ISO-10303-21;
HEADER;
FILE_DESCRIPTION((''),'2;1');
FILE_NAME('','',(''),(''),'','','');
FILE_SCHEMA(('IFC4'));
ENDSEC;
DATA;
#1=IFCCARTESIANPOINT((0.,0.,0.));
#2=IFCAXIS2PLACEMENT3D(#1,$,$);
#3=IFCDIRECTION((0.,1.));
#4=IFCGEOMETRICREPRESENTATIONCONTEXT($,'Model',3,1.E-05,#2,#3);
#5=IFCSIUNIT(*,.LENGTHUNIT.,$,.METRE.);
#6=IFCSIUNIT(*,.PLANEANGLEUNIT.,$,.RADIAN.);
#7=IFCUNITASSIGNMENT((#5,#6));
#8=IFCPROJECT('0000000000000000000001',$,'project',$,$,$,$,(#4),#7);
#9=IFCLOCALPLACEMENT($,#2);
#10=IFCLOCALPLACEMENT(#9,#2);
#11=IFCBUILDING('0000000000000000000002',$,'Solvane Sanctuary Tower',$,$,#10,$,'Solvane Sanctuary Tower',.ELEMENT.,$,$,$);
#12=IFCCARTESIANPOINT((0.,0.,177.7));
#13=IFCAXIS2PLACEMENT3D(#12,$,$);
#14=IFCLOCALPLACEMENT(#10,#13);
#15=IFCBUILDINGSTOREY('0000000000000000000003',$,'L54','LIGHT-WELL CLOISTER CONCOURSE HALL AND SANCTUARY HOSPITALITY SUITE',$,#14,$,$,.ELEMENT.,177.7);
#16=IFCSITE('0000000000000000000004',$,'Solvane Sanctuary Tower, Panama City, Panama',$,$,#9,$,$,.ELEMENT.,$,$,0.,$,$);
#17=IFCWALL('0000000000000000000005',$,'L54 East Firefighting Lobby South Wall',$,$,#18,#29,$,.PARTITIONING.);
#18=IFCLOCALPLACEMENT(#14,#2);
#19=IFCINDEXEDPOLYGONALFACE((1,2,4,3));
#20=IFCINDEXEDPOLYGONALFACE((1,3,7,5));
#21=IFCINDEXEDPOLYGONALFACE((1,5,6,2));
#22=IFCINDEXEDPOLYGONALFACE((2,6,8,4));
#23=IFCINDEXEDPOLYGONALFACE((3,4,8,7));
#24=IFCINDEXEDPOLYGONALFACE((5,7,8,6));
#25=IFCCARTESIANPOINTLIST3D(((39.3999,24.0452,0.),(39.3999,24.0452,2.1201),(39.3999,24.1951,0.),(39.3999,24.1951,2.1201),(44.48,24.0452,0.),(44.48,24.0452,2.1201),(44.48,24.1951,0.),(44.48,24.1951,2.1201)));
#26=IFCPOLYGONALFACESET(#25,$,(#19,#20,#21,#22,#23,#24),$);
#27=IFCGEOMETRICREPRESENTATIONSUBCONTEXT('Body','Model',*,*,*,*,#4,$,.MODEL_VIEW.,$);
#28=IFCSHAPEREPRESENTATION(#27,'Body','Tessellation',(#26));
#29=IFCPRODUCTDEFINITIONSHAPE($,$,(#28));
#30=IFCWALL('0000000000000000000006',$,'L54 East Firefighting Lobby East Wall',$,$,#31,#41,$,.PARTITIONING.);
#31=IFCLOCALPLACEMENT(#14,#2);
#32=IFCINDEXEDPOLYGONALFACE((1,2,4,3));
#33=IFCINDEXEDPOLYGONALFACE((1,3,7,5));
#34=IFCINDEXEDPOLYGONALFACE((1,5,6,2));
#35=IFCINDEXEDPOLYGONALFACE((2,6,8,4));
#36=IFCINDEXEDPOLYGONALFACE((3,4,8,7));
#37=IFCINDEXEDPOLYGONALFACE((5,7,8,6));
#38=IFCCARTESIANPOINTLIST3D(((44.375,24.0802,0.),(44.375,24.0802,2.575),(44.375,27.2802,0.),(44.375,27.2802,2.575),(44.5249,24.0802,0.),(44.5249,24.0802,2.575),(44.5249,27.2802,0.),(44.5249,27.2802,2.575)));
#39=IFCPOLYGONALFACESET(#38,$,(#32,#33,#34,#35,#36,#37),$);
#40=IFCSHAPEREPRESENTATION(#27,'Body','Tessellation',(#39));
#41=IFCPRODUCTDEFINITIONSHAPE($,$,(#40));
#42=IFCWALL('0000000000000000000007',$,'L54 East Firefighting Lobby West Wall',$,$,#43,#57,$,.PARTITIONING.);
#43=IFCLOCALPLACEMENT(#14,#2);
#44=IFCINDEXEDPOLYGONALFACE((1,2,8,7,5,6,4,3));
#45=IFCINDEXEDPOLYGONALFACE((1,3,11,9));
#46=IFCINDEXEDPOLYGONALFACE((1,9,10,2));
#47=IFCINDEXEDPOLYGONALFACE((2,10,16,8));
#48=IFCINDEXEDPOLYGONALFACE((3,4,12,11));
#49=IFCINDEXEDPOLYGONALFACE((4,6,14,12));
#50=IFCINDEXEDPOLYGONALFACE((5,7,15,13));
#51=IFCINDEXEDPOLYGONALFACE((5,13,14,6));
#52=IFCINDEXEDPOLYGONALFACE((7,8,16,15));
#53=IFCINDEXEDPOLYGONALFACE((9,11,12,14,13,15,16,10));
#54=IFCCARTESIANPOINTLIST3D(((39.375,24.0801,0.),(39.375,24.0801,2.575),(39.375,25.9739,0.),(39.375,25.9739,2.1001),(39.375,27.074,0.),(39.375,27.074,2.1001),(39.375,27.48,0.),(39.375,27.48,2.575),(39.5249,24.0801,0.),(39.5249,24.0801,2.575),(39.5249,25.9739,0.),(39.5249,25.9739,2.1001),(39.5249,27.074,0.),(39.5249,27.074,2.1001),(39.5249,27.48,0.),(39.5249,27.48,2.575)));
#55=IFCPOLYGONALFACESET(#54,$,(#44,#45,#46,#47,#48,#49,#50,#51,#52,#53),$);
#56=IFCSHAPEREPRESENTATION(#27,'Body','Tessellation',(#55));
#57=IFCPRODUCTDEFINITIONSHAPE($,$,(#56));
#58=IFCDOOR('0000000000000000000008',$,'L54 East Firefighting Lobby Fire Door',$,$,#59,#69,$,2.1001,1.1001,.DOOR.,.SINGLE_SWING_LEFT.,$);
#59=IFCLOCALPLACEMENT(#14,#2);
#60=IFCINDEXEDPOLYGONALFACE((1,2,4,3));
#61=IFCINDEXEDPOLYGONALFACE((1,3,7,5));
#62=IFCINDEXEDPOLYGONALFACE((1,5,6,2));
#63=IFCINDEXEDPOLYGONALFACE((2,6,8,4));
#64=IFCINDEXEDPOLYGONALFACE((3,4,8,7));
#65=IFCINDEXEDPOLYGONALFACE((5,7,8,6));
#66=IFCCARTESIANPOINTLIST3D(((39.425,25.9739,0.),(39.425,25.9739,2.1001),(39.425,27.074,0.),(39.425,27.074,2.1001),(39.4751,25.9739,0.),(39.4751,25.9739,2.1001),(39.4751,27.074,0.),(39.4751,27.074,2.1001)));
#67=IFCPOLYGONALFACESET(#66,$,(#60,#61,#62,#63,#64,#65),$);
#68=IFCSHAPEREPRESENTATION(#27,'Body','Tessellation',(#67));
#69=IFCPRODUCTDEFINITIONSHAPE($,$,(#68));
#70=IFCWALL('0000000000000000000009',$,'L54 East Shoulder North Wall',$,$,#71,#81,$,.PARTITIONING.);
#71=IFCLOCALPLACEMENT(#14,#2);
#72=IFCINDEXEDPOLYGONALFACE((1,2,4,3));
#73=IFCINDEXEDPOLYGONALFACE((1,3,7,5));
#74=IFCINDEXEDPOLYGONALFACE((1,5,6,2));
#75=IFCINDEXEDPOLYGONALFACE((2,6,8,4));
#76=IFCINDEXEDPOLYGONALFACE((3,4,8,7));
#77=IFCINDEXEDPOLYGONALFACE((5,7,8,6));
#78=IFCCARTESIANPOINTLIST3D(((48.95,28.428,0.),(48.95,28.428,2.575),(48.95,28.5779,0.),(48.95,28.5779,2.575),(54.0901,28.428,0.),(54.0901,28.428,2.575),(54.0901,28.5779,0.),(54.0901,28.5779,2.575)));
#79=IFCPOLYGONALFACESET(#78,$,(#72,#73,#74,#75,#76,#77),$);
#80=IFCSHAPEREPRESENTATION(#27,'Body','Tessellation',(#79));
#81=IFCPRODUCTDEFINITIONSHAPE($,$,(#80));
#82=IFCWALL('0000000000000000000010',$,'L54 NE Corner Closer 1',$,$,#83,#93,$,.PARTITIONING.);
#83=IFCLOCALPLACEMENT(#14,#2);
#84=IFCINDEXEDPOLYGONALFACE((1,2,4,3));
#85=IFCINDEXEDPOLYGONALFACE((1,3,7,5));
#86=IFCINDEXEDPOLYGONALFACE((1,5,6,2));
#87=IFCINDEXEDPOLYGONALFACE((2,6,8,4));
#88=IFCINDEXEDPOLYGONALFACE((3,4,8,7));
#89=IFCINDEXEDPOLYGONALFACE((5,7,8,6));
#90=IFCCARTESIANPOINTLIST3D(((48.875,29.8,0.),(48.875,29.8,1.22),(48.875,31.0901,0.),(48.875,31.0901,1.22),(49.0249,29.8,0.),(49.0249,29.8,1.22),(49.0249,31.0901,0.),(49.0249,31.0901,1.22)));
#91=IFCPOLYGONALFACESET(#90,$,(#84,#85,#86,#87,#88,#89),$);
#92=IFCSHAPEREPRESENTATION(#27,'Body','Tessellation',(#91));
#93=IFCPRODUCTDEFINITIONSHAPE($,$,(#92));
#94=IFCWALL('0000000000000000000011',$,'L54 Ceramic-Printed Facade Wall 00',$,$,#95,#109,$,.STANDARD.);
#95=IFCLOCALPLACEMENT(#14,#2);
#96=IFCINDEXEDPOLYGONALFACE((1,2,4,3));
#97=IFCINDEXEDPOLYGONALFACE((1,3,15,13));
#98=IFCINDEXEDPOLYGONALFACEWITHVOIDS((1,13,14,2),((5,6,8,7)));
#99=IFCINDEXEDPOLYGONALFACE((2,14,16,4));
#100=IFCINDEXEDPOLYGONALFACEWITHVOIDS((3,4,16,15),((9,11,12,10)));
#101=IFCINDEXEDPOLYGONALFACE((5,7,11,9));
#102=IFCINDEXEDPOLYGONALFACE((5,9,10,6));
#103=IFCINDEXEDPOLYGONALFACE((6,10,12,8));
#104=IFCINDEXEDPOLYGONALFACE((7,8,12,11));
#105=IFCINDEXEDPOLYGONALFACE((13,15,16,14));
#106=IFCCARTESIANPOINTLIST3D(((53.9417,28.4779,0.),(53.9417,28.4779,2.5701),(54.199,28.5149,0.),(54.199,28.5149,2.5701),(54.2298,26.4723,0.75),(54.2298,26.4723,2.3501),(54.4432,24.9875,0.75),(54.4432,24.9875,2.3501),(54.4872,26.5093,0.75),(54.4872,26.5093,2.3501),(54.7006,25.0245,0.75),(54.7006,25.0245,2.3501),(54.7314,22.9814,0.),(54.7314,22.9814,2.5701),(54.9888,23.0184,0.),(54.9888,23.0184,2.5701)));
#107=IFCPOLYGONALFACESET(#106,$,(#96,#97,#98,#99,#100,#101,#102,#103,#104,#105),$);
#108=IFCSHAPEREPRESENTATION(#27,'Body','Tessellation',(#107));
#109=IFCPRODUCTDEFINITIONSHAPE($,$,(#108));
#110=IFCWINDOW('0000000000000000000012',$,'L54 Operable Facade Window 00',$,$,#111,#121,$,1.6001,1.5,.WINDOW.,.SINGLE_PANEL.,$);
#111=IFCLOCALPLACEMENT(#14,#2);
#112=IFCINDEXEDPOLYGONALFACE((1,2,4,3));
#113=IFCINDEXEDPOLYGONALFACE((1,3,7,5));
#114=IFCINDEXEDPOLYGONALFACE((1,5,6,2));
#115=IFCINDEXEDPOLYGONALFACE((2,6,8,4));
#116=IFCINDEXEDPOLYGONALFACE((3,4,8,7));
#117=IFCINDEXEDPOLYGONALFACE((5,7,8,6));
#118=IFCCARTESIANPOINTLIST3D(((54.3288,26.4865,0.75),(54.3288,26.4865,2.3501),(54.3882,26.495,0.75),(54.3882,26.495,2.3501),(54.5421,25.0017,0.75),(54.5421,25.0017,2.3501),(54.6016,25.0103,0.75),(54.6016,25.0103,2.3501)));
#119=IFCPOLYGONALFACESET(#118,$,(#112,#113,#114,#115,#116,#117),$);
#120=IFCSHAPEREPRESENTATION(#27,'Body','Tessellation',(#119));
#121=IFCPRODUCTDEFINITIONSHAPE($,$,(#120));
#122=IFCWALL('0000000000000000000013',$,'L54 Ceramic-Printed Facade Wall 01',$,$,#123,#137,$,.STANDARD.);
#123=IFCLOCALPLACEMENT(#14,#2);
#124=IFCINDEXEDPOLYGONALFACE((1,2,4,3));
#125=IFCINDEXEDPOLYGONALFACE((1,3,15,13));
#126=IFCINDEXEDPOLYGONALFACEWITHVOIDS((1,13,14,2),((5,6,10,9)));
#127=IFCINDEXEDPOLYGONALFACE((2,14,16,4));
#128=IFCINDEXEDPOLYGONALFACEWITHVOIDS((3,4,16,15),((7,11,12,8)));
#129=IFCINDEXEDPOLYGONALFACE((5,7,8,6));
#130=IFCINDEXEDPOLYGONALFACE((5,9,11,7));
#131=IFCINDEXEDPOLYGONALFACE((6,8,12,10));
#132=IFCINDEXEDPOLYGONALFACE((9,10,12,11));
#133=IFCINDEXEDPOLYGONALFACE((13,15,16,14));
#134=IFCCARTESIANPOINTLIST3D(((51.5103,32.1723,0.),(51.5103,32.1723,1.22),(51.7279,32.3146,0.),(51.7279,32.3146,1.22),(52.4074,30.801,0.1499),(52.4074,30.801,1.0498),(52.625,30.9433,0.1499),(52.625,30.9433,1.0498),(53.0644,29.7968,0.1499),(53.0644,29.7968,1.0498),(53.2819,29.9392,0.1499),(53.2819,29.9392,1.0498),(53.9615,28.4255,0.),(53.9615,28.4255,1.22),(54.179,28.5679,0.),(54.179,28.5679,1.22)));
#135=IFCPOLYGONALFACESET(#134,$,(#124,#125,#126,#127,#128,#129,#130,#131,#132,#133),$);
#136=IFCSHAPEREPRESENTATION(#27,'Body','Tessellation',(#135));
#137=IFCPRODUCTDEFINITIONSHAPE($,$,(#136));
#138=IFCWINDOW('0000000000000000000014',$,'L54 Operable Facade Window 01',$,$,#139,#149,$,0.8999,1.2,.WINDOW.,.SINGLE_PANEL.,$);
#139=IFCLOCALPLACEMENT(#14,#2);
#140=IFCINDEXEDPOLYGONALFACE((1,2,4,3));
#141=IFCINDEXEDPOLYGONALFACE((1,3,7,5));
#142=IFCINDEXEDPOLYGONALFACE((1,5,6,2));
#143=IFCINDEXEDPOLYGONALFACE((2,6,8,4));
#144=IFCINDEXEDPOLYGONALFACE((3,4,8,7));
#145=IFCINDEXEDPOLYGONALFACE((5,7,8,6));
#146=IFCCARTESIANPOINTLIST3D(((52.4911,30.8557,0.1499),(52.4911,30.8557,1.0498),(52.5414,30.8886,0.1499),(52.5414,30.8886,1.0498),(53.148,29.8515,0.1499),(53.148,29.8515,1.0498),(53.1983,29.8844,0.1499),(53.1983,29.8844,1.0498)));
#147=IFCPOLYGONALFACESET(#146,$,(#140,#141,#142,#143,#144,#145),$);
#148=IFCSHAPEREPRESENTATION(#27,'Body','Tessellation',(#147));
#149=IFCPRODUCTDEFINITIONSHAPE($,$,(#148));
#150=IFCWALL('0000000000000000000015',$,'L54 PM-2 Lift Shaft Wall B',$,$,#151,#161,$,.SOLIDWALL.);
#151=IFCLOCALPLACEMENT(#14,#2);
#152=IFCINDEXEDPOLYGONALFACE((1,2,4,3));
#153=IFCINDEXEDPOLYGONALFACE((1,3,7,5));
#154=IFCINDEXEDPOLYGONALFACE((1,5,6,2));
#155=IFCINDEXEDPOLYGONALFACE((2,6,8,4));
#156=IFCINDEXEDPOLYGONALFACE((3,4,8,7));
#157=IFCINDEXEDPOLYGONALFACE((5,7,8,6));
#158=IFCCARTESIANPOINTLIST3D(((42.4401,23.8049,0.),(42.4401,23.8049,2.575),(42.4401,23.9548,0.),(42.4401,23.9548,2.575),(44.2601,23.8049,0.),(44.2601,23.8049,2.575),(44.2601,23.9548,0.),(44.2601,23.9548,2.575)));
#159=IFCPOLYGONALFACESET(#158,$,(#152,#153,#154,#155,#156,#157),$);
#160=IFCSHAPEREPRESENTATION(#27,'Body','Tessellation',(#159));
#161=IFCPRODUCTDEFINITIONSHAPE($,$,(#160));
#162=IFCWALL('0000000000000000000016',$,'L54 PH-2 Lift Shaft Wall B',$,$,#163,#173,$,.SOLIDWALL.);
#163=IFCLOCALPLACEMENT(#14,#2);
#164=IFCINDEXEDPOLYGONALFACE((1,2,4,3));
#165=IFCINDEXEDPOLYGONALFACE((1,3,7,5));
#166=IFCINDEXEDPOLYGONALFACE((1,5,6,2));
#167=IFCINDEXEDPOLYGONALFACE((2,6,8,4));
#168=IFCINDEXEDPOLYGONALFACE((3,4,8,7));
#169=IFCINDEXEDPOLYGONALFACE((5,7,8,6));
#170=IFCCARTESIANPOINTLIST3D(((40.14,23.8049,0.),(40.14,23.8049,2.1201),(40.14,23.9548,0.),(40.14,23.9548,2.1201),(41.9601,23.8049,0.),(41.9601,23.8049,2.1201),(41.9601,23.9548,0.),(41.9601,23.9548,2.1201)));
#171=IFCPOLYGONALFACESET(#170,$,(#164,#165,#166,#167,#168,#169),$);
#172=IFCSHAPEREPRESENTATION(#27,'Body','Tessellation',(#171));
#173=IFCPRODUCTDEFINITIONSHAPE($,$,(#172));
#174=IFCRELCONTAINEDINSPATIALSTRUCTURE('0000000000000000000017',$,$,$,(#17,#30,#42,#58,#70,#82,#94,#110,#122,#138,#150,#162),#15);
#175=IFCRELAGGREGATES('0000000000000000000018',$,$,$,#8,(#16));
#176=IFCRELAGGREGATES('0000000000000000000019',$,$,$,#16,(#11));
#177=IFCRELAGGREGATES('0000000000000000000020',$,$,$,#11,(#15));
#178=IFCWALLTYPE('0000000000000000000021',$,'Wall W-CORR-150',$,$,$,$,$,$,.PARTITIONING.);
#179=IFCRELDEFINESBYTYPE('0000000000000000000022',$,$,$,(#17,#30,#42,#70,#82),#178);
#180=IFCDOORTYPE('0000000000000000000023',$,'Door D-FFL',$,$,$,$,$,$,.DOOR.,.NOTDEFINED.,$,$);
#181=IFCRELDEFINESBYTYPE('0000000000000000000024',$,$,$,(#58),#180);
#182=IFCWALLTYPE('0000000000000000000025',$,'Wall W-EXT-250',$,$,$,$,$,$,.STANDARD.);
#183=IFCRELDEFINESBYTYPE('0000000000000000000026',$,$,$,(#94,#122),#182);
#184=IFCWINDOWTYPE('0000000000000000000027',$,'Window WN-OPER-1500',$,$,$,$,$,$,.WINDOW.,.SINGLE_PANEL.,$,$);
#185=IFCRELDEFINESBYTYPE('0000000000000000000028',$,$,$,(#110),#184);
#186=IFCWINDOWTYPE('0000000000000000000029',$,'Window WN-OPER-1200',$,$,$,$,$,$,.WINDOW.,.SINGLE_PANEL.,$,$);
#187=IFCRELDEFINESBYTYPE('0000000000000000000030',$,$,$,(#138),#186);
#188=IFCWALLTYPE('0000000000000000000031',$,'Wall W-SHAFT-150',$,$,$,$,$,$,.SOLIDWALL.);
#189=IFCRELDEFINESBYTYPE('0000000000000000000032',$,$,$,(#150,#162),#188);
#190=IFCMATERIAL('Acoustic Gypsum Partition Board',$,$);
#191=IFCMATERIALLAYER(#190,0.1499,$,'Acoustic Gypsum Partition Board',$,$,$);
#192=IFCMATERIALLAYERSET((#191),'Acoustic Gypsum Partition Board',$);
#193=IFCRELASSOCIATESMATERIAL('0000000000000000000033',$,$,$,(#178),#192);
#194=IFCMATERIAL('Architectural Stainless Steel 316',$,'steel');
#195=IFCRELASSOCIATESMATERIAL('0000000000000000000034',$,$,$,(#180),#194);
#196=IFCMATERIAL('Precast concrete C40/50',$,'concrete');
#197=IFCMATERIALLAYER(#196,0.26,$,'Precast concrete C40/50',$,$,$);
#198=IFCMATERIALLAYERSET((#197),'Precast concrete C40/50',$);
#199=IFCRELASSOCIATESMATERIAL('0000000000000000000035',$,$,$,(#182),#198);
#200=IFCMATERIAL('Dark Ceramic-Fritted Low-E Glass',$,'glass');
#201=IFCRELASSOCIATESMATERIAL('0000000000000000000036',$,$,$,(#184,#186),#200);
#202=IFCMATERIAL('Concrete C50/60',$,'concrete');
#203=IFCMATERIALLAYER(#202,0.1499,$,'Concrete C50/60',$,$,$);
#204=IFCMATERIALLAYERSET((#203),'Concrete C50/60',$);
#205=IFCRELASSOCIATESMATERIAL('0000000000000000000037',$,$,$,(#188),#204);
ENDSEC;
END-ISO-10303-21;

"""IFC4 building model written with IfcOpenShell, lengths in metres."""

from ifc_helpers import new_model, si_unit, direction, frame, frame_2d, origin, place, context, subcontext, project, spatial, rectangle, extrude, material, layer, layer_set, type_object, element, fill, save


model = new_model("IFC4")

# Units and contexts
model_context = context("Model", 3, precision=1e-05, world=origin(), true_north=direction((0.0, 1.0)))
body_context = subcontext(model_context, "Body", "Model", "MODEL_VIEW")
ifc_project = project(units=[si_unit("LENGTHUNIT", "METRE"), si_unit("PLANEANGLEUNIT", "RADIAN")], contexts=[model_context])

# Site, building, storey
site_placement = place(None, origin())
site = spatial("IfcSite", under=ifc_project, at=site_placement, Name="Solvane Sanctuary Tower, Panama City, Panama", CompositionType="ELEMENT", RefElevation=0.0)
building_placement = place(site_placement, origin())
building = spatial("IfcBuilding", under=site, at=building_placement, Name="Solvane Sanctuary Tower", LongName="Solvane Sanctuary Tower", CompositionType="ELEMENT")
storey_placement = place(building_placement, frame((0.0, 0.0, 177.7)))
storey = spatial("IfcBuildingStorey", under=building, at=storey_placement, Name="L54", Description="LIGHT-WELL CLOISTER CONCOURSE HALL AND SANCTUARY HOSPITALITY SUITE", CompositionType="ELEMENT", Elevation=177.7)

# Walls
ifc_material_1 = material(Name="Acoustic Gypsum Partition Board")
ifc_layer_1 = layer(ifc_material_1, 0.1499, Name="Acoustic Gypsum Partition Board")
ifc_layer_set_1 = layer_set([ifc_layer_1], Name="Acoustic Gypsum Partition Board")
wall_type_1 = type_object("IfcWallType", Name="Wall W-CORR-150", PredefinedType="PARTITIONING", material=ifc_layer_set_1)
wall_1_placement = place(storey_placement, frame((39.3999, 24.1201, 0.0), z_axis=(0.0, 0.0, 1.0), x_axis=(1.0, 0.0, 0.0)))
element("IfcWall", 1, at=wall_1_placement, inside=storey, type_object=wall_type_1, Name="L54 East Firefighting Lobby South Wall", PredefinedType="PARTITIONING", context=body_context, shape_type="SweptSolid", body=[
    extrude(rectangle(XDim=5.0801, YDim=0.1499, at=frame_2d((2.54, 0.0))), origin(), (0.0, 0.0, 1.0), 2.1201),
])
wall_2_placement = place(storey_placement, frame((44.45, 24.0801, 0.0), z_axis=(0.0, 0.0, 1.0), x_axis=(0.0, 1.0, 0.0)))
element("IfcWall", 2, at=wall_2_placement, inside=storey, type_object=wall_type_1, Name="L54 East Firefighting Lobby East Wall", PredefinedType="PARTITIONING", context=body_context, shape_type="SweptSolid", body=[
    extrude(rectangle(XDim=3.2, YDim=0.1499, at=frame_2d((1.6001, 0.0))), origin(), (0.0, 0.0, 1.0), 2.575),
])

# Wall, opening, door
wall_3_placement = place(storey_placement, frame((39.45, 24.0801, 0.0), z_axis=(0.0, 0.0, 1.0), x_axis=(0.0, 1.0, 0.0)))
wall_3 = element("IfcWall", 3, at=wall_3_placement, inside=storey, type_object=wall_type_1, Name="L54 East Firefighting Lobby West Wall", PredefinedType="PARTITIONING", context=body_context, shape_type="SweptSolid", body=[
    extrude(rectangle(XDim=3.3999, YDim=0.1499, at=frame_2d((1.7, 0.0))), origin(), (0.0, 0.0, 1.0), 2.575),
])
opening_1_placement = place(wall_3_placement, frame((1.8938, 0.0, 0.0)))
opening_1 = element("IfcOpeningElement", 4, at=opening_1_placement, cuts=wall_3, PredefinedType="OPENING", context=body_context, shape_type="SweptSolid", body=[
    extrude(rectangle(XDim=1.1001, YDim=2.1001, at=frame_2d((0.55, 1.05))), frame((0.0, 0.085, 0.0), z_axis=(0.0, -1.0, 0.0), x_axis=(1.0, 0.0, 0.0)), (0.0, 0.0, 1.0), 0.1699),
])
ifc_material_2 = material(Name="Architectural Stainless Steel 316", Category="steel")
door_type_1 = type_object("IfcDoorType", Name="Door D-FFL", OperationType="NOTDEFINED", PredefinedType="DOOR", material=ifc_material_2)
door_1_placement = place(opening_1_placement, origin())
door_1 = element("IfcDoor", 5, at=door_1_placement, inside=storey, type_object=door_type_1, Name="L54 East Firefighting Lobby Fire Door", OperationType="SINGLE_SWING_LEFT", OverallHeight=2.1001, OverallWidth=1.1001, PredefinedType="DOOR", context=body_context, shape_type="SweptSolid", body=[
    extrude(rectangle(XDim=1.1001, YDim=2.1001, at=frame_2d((0.55, 1.05))), frame((0.0, 0.0249, 0.0), z_axis=(0.0, -1.0, 0.0), x_axis=(1.0, 0.0, 0.0)), (0.0, 0.0, 1.0), 0.05),
])
fill(opening_1, door_1)

# Walls
wall_4_placement = place(storey_placement, frame((48.95, 28.5029, 0.0), z_axis=(0.0, 0.0, 1.0), x_axis=(1.0, 0.0, 0.0)))
element("IfcWall", 6, at=wall_4_placement, inside=storey, type_object=wall_type_1, Name="L54 East Shoulder North Wall", PredefinedType="PARTITIONING", context=body_context, shape_type="SweptSolid", body=[
    extrude(rectangle(XDim=5.1401, YDim=0.1499, at=frame_2d((2.5701, 0.0))), origin(), (0.0, 0.0, 1.0), 2.575),
])
wall_5_placement = place(storey_placement, frame((48.95, 29.8, 0.0), z_axis=(0.0, 0.0, 1.0), x_axis=(0.0, 1.0, 0.0)))
element("IfcWall", 7, at=wall_5_placement, inside=storey, type_object=wall_type_1, Name="L54 NE Corner Closer 1", PredefinedType="PARTITIONING", context=body_context, shape_type="SweptSolid", body=[
    extrude(rectangle(XDim=1.29, YDim=0.1499, at=frame_2d((0.645, 0.0))), origin(), (0.0, 0.0, 1.0), 1.22),
])

# Walls, openings, windows
ifc_material_3 = material(Name="Precast concrete C40/50", Category="concrete")
ifc_layer_2 = layer(ifc_material_3, 0.26, Name="Precast concrete C40/50")
ifc_layer_set_2 = layer_set([ifc_layer_2], Name="Precast concrete C40/50")
wall_type_2 = type_object("IfcWallType", Name="Wall W-EXT-250", PredefinedType="STANDARD", material=ifc_layer_set_2)
wall_6_placement = place(storey_placement, frame((54.8601, 23.0, 0.0), z_axis=(0.0, 0.0, 1.0), x_axis=(-0.142228, 0.989834, 0.0)))
wall_6 = element("IfcWall", 8, at=wall_6_placement, inside=storey, type_object=wall_type_2, Name="L54 Ceramic-Printed Facade Wall 00", PredefinedType="STANDARD", context=body_context, shape_type="SweptSolid", body=[
    extrude(rectangle(XDim=5.553, YDim=0.26, at=frame_2d((2.7764, 0.0))), origin(), (0.0, 0.0, 1.0), 2.5701),
])
opening_2_placement = place(wall_6_placement, frame((2.0266, 0.0, 0.75)))
opening_2 = element("IfcOpeningElement", 9, at=opening_2_placement, cuts=wall_6, PredefinedType="OPENING", context=body_context, shape_type="SweptSolid", body=[
    extrude(rectangle(XDim=1.5, YDim=1.6001, at=frame_2d((0.75, 0.8))), frame((0.0, 0.1399, 0.0), z_axis=(0.0, -1.0, 0.0), x_axis=(1.0, 0.0, 0.0)), (0.0, 0.0, 1.0), 0.28),
])
ifc_material_4 = material(Name="Dark Ceramic-Fritted Low-E Glass", Category="glass")
window_type_1 = type_object("IfcWindowType", Name="Window WN-OPER-1500", PartitioningType="SINGLE_PANEL", PredefinedType="WINDOW", material=ifc_material_4)
window_1_placement = place(opening_2_placement, origin())
window_1 = element("IfcWindow", 10, at=window_1_placement, inside=storey, type_object=window_type_1, Name="L54 Operable Facade Window 00", OverallHeight=1.6001, OverallWidth=1.5, PartitioningType="SINGLE_PANEL", PredefinedType="WINDOW", context=body_context, shape_type="SweptSolid", body=[
    extrude(rectangle(XDim=1.5, YDim=1.6001, at=frame_2d((0.75, 0.8))), frame((0.0, 0.03, 0.0), z_axis=(0.0, -1.0, 0.0), x_axis=(1.0, 0.0, 0.0)), (0.0, 0.0, 1.0), 0.0601),
])
fill(opening_2, window_1)
wall_7_placement = place(storey_placement, frame((54.0703, 28.4966, 0.0), z_axis=(0.0, 0.0, 1.0), x_axis=(-0.547456, 0.836834, 0.0)))
wall_7 = element("IfcWall", 11, at=wall_7_placement, inside=storey, type_object=wall_type_2, Name="L54 Ceramic-Printed Facade Wall 01", PredefinedType="STANDARD", context=body_context, shape_type="SweptSolid", body=[
    extrude(rectangle(XDim=4.4773, YDim=0.26, at=frame_2d((2.2388, 0.0))), origin(), (0.0, 0.0, 1.0), 1.22),
])
opening_3_placement = place(wall_7_placement, frame((1.6387, 0.0, 0.1499)))
opening_3 = element("IfcOpeningElement", 12, at=opening_3_placement, cuts=wall_7, PredefinedType="OPENING", context=body_context, shape_type="SweptSolid", body=[
    extrude(rectangle(XDim=1.2, YDim=0.8999, at=frame_2d((0.6001, 0.45))), frame((0.0, 0.1399, 0.0), z_axis=(0.0, -1.0, 0.0), x_axis=(1.0, 0.0, 0.0)), (0.0, 0.0, 1.0), 0.28),
])
window_type_2 = type_object("IfcWindowType", Name="Window WN-OPER-1200", PartitioningType="SINGLE_PANEL", PredefinedType="WINDOW", material=ifc_material_4)
window_2_placement = place(opening_3_placement, origin())
window_2 = element("IfcWindow", 13, at=window_2_placement, inside=storey, type_object=window_type_2, Name="L54 Operable Facade Window 01", OverallHeight=0.8999, OverallWidth=1.2, PartitioningType="SINGLE_PANEL", PredefinedType="WINDOW", context=body_context, shape_type="SweptSolid", body=[
    extrude(rectangle(XDim=1.2, YDim=0.8999, at=frame_2d((0.6001, 0.45))), frame((0.0, 0.03, 0.0), z_axis=(0.0, -1.0, 0.0), x_axis=(1.0, 0.0, 0.0)), (0.0, 0.0, 1.0), 0.0601),
])
fill(opening_3, window_2)

# Walls
ifc_material_5 = material(Name="Concrete C50/60", Category="concrete")
ifc_layer_3 = layer(ifc_material_5, 0.1499, Name="Concrete C50/60")
ifc_layer_set_3 = layer_set([ifc_layer_3], Name="Concrete C50/60")
wall_type_3 = type_object("IfcWallType", Name="Wall W-SHAFT-150", PredefinedType="SOLIDWALL", material=ifc_layer_set_3)
wall_8_placement = place(storey_placement, frame((42.4399, 23.8799, 0.0), z_axis=(0.0, 0.0, 1.0), x_axis=(1.0, 0.0, 0.0)))
element("IfcWall", 14, at=wall_8_placement, inside=storey, type_object=wall_type_3, Name="L54 PM-2 Lift Shaft Wall B", PredefinedType="SOLIDWALL", context=body_context, shape_type="SweptSolid", body=[
    extrude(rectangle(XDim=1.8201, YDim=0.1499, at=frame_2d((0.9102, 0.0))), origin(), (0.0, 0.0, 1.0), 2.575),
])
wall_9_placement = place(storey_placement, frame((40.1399, 23.8799, 0.0), z_axis=(0.0, 0.0, 1.0), x_axis=(1.0, 0.0, 0.0)))
element("IfcWall", 15, at=wall_9_placement, inside=storey, type_object=wall_type_3, Name="L54 PH-2 Lift Shaft Wall B", PredefinedType="SOLIDWALL", context=body_context, shape_type="SweptSolid", body=[
    extrude(rectangle(XDim=1.8201, YDim=0.1499, at=frame_2d((0.9102, 0.0))), origin(), (0.0, 0.0, 1.0), 2.1201),
])

save(model, "model.ifc")
